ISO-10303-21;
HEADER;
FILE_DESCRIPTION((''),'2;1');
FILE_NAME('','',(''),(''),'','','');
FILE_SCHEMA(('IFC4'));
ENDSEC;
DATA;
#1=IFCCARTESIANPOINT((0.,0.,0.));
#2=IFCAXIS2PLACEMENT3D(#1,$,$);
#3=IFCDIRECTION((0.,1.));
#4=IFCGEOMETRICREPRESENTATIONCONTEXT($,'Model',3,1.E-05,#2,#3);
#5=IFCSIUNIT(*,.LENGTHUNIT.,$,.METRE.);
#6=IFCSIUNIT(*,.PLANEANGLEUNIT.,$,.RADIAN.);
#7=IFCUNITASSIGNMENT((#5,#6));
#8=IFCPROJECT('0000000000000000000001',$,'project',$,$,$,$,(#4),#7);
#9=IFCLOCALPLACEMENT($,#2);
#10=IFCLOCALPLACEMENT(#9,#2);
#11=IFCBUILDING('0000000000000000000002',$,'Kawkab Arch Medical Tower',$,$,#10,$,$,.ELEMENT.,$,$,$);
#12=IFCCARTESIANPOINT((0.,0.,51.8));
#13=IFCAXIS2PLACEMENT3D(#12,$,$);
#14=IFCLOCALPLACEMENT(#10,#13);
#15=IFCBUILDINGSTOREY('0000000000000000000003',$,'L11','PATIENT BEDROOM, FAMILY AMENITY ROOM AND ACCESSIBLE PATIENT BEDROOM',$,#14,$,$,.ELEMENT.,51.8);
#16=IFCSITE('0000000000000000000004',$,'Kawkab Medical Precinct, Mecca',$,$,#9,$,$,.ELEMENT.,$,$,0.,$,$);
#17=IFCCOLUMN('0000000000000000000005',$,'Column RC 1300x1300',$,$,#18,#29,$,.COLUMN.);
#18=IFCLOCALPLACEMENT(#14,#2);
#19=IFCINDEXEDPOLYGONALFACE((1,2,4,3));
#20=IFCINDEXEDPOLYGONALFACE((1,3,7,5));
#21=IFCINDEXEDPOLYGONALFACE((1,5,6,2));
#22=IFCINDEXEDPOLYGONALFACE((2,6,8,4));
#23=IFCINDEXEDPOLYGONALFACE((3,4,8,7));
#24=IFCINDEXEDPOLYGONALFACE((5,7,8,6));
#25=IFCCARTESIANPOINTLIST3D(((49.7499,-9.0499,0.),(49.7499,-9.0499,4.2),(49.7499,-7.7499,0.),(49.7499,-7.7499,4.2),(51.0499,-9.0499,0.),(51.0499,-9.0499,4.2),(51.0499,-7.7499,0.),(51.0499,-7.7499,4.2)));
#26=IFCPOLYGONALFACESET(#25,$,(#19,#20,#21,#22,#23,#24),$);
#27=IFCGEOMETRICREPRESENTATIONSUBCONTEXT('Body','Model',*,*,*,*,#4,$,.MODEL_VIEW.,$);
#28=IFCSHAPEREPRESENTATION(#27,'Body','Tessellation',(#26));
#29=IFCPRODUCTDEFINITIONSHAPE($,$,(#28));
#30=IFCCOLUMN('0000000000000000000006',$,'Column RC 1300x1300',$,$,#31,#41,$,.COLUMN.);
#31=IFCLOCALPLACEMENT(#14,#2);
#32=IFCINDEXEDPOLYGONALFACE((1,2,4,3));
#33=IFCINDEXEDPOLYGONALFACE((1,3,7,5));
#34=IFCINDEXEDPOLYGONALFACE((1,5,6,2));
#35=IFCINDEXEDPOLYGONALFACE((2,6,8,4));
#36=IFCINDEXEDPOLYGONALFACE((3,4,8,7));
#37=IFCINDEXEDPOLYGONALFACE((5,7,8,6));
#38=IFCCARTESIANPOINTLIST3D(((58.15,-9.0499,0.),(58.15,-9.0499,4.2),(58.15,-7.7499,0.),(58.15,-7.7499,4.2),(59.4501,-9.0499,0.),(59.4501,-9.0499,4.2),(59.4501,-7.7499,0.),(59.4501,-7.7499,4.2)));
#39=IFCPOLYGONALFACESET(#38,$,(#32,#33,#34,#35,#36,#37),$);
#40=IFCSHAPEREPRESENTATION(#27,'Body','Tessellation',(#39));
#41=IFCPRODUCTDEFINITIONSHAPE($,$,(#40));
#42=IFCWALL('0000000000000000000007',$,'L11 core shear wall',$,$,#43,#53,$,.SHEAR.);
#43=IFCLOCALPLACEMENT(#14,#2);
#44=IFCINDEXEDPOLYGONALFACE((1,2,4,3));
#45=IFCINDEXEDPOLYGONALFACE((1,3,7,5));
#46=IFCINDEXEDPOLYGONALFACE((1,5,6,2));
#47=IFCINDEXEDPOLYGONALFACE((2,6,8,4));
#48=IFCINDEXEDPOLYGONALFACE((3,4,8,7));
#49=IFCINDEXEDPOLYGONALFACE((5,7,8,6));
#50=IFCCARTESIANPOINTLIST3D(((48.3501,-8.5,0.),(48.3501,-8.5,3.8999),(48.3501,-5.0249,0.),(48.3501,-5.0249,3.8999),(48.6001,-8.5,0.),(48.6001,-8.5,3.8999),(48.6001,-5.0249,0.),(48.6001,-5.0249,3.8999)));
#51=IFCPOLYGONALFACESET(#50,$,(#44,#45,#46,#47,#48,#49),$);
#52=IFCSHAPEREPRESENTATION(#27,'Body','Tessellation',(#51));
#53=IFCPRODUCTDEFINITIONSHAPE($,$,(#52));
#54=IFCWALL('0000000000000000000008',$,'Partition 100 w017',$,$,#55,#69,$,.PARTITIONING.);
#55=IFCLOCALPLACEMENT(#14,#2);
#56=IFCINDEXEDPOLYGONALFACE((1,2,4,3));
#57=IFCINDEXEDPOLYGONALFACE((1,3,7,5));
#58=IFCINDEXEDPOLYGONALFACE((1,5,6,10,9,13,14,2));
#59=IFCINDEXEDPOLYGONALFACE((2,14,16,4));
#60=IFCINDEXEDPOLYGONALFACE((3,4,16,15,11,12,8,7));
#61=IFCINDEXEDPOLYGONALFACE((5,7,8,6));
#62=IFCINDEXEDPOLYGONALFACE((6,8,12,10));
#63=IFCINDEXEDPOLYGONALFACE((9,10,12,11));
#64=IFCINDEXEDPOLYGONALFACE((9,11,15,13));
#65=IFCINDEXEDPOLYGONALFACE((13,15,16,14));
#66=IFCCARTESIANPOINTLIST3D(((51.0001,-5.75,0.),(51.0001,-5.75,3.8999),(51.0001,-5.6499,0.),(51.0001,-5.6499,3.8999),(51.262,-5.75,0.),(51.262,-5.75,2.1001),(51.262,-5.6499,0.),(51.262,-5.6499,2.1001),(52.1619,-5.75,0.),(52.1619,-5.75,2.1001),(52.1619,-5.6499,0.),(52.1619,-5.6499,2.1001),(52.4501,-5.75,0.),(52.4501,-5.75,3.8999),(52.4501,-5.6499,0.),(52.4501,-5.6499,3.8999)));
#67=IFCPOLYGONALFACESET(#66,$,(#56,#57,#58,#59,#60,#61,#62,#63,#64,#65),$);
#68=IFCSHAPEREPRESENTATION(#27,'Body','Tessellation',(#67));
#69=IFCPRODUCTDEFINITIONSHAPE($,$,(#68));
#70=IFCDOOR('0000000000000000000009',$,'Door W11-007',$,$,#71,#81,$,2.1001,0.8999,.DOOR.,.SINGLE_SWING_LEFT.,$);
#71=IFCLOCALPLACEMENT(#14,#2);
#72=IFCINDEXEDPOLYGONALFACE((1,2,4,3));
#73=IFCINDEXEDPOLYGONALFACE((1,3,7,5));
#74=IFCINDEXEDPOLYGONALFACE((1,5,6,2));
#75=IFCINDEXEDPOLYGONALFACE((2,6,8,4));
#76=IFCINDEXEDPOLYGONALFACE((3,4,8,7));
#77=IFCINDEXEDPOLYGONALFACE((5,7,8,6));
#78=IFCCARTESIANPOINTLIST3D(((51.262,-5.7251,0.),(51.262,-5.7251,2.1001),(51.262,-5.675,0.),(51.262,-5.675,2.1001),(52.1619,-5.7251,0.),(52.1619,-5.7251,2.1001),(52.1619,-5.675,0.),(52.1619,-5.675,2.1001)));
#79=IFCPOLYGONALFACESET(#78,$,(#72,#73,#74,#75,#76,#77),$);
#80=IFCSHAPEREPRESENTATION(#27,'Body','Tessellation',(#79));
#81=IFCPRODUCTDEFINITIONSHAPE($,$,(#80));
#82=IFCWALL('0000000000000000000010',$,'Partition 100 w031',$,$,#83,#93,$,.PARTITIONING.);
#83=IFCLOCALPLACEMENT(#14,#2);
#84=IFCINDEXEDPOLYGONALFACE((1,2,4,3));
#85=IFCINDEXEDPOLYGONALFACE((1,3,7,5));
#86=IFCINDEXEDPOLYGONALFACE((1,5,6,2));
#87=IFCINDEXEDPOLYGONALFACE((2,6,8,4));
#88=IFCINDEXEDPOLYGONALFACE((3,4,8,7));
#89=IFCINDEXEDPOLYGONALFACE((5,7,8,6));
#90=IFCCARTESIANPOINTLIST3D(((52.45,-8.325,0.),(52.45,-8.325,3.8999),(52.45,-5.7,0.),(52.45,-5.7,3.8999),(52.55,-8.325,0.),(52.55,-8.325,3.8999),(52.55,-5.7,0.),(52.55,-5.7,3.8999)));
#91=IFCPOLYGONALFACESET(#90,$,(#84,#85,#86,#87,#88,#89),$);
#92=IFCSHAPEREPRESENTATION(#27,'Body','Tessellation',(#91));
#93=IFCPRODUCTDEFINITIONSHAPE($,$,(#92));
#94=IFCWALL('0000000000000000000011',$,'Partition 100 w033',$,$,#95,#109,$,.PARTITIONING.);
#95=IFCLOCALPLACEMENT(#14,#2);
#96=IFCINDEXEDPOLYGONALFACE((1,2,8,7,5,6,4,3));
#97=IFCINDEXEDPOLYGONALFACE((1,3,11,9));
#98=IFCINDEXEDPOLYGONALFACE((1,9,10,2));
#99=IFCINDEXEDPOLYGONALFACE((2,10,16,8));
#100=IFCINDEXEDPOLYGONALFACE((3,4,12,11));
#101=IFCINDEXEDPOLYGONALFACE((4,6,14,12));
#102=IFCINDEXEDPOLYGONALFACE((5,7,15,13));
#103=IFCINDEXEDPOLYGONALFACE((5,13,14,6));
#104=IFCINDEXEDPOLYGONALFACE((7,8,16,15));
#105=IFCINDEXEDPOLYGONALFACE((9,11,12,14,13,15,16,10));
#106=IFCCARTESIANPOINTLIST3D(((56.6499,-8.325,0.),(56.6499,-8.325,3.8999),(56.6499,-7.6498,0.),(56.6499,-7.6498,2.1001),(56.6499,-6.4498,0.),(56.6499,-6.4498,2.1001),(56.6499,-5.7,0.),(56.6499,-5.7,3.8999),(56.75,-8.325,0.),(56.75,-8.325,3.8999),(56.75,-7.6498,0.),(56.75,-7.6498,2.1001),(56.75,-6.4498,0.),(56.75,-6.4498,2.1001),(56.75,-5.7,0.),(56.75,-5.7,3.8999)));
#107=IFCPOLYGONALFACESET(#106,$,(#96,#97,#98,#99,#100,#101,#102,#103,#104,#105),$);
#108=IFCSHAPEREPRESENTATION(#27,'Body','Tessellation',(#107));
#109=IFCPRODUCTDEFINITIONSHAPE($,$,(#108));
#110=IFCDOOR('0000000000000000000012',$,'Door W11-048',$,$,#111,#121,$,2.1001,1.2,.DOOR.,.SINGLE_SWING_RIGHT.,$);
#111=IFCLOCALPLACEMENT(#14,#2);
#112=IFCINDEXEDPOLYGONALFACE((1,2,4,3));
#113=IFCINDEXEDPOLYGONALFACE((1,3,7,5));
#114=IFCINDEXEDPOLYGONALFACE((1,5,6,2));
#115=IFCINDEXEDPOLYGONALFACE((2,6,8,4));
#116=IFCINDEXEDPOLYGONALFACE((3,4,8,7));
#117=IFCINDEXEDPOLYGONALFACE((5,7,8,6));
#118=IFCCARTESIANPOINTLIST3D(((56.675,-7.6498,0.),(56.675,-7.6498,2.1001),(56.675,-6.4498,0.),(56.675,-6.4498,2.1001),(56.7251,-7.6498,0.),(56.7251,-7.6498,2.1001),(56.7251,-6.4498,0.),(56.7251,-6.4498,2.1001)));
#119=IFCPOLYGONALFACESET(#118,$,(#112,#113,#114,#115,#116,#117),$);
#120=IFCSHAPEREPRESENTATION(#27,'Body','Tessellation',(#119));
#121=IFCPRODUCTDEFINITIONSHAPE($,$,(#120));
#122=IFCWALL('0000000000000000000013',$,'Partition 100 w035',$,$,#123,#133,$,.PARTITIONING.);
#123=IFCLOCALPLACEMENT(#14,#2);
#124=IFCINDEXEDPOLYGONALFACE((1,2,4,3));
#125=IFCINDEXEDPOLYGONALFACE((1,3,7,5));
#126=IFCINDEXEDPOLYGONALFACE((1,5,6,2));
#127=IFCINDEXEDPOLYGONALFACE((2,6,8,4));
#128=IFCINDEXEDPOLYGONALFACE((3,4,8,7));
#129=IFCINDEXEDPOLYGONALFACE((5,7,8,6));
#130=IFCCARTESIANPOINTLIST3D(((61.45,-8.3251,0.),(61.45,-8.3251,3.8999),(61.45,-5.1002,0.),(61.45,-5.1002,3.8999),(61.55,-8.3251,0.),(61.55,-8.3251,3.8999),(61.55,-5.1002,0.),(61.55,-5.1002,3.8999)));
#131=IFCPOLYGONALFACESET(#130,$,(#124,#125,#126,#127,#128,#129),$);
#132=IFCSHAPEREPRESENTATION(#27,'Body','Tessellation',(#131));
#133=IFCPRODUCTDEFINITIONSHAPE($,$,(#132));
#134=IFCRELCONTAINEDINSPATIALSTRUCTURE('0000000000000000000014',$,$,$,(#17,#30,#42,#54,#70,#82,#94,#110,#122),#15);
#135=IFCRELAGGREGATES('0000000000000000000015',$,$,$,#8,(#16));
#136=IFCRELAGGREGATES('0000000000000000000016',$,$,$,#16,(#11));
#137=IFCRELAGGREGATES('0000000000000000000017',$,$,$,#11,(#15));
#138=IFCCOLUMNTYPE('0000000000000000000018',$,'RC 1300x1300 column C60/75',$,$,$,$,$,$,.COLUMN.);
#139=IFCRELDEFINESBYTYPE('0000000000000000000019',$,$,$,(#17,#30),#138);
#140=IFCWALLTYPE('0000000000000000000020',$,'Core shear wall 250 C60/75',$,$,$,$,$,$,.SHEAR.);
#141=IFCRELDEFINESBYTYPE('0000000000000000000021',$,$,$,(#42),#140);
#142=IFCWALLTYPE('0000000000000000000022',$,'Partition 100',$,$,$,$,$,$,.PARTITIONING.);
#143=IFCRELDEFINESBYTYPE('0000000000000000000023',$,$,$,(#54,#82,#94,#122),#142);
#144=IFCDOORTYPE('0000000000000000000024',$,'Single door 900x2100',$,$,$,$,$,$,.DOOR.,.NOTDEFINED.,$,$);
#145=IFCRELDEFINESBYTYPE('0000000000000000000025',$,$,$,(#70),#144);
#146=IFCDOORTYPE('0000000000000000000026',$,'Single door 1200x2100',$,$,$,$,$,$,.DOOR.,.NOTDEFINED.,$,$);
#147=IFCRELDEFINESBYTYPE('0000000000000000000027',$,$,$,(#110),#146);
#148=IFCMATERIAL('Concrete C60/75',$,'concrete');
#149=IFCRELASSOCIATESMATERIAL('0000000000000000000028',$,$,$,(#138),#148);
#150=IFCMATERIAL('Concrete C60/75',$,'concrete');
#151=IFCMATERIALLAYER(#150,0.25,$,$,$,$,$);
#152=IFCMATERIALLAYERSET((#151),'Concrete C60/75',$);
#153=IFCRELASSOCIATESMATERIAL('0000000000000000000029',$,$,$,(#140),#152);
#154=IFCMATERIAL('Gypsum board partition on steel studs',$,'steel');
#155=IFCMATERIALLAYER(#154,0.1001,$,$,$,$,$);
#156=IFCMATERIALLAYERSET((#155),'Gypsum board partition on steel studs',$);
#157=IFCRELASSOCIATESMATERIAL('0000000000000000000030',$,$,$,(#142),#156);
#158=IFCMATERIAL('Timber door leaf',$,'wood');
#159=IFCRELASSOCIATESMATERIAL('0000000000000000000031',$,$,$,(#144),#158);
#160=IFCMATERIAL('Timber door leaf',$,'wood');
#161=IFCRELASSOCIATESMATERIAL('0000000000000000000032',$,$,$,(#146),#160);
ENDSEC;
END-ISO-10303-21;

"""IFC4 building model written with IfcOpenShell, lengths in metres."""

from ifc_helpers import new_model, si_unit, direction, frame, frame_2d, origin, origin_2d, place, context, subcontext, project, spatial, rectangle, extrude, material, layer, layer_set, material_profile, profile_set, type_object, element, fill, save


model = new_model("IFC4")

# Units and contexts
model_context = context("Model", 3, precision=1e-05, world=origin(), true_north=direction((0.0, 1.0)))
body_context = subcontext(model_context, "Body", "Model", "MODEL_VIEW")
ifc_project = project(units=[si_unit("LENGTHUNIT", "METRE"), si_unit("PLANEANGLEUNIT", "RADIAN")], contexts=[model_context])

# Site, building, storey
site_placement = place(None, origin())
site = spatial("IfcSite", under=ifc_project, at=site_placement, Name="Kawkab Medical Precinct, Mecca", CompositionType="ELEMENT", RefElevation=0.0)
building_placement = place(site_placement, origin())
building = spatial("IfcBuilding", under=site, at=building_placement, Name="Kawkab Arch Medical Tower", CompositionType="ELEMENT")
storey_placement = place(building_placement, frame((0.0, 0.0, 51.8)))
storey = spatial("IfcBuildingStorey", under=building, at=storey_placement, Name="L11", Description="PATIENT BEDROOM, FAMILY AMENITY ROOM AND ACCESSIBLE PATIENT BEDROOM", CompositionType="ELEMENT", Elevation=51.8)

# Columns
ifc_material_1 = material(Name="Concrete C60/75", Category="concrete")
ifc_material_profile = material_profile(ifc_material_1, rectangle(XDim=1.3, YDim=1.3, at=origin_2d()), Name="RC 1300x1300")
ifc_profile_set = profile_set([ifc_material_profile], Name="Concrete C60/75")
column_type = type_object("IfcColumnType", Name="RC 1300x1300 column C60/75", PredefinedType="COLUMN", material=ifc_profile_set)
for number, where, z_axis, x_axis, name in (
    (1, (50.3999, -8.3999, 0.0), (0.0, 0.0, 1.0), (1.0, 0.0, 0.0), "Column RC 1300x1300"),
    (2, (58.8, -8.3999, 0.0), (0.0, 0.0, 1.0), (1.0, 0.0, 0.0), "Column RC 1300x1300"),
):
    element("IfcColumn", number, at=place(storey_placement, frame(where, z_axis=z_axis, x_axis=x_axis)), inside=storey, type_object=column_type, Name=name, PredefinedType="COLUMN", context=body_context, shape_type="SweptSolid", body=[
        extrude(rectangle(XDim=1.3, YDim=1.3, at=origin_2d()), origin(), (0.0, 0.0, 1.0), 4.2),
    ])

# Wall
ifc_material_2 = material(Name="Concrete C60/75", Category="concrete")
ifc_layer_1 = layer(ifc_material_2, 0.25)
ifc_layer_set_1 = layer_set([ifc_layer_1], Name="Concrete C60/75")
wall_type_1 = type_object("IfcWallType", Name="Core shear wall 250 C60/75", PredefinedType="SHEAR", material=ifc_layer_set_1)
wall_1_placement = place(storey_placement, frame((48.4751, -8.5, 0.0), z_axis=(0.0, 0.0, 1.0), x_axis=(0.0, 1.0, 0.0)))
element("IfcWall", 3, at=wall_1_placement, inside=storey, type_object=wall_type_1, Name="L11 core shear wall", PredefinedType="SHEAR", context=body_context, shape_type="SweptSolid", body=[
    extrude(rectangle(XDim=3.4751, YDim=0.25, at=frame_2d((1.7375, 0.0))), origin(), (0.0, 0.0, 1.0), 3.8999),
])

# Wall, opening, door
ifc_material_3 = material(Name="Gypsum board partition on steel studs", Category="steel")
ifc_layer_2 = layer(ifc_material_3, 0.1001)
ifc_layer_set_2 = layer_set([ifc_layer_2], Name="Gypsum board partition on steel studs")
wall_type_2 = type_object("IfcWallType", Name="Partition 100", PredefinedType="PARTITIONING", material=ifc_layer_set_2)
wall_2_placement = place(storey_placement, frame((51.0, -5.7, 0.0), z_axis=(0.0, 0.0, 1.0), x_axis=(1.0, 0.0, 0.0)))
wall_2 = element("IfcWall", 4, at=wall_2_placement, inside=storey, type_object=wall_type_2, Name="Partition 100 w017", PredefinedType="PARTITIONING", context=body_context, shape_type="SweptSolid", body=[
    extrude(rectangle(XDim=1.45, YDim=0.1001, at=frame_2d((0.7251, 0.0))), origin(), (0.0, 0.0, 1.0), 3.8999),
])
opening_1_placement = place(wall_2_placement, frame((0.262, 0.0, 0.0)))
opening_1 = element("IfcOpeningElement", 5, at=opening_1_placement, cuts=wall_2, PredefinedType="OPENING", context=body_context, shape_type="SweptSolid", body=[
    extrude(rectangle(XDim=0.8999, YDim=2.1001, at=frame_2d((0.45, 1.05))), frame((0.0, 0.0601, 0.0), z_axis=(0.0, -1.0, 0.0), x_axis=(1.0, 0.0, 0.0)), (0.0, 0.0, 1.0), 0.1201),
])
ifc_material_4 = material(Name="Timber door leaf", Category="wood")
door_type_1 = type_object("IfcDoorType", Name="Single door 900x2100", OperationType="NOTDEFINED", PredefinedType="DOOR", material=ifc_material_4)
door_1_placement = place(opening_1_placement, origin())
door_1 = element("IfcDoor", 6, at=door_1_placement, inside=storey, type_object=door_type_1, Name="Door W11-007", OperationType="SINGLE_SWING_LEFT", OverallHeight=2.1001, OverallWidth=0.8999, PredefinedType="DOOR", context=body_context, shape_type="SweptSolid", body=[
    extrude(rectangle(XDim=0.8999, YDim=2.1001, at=frame_2d((0.45, 1.05))), frame((0.0, 0.0249, 0.0), z_axis=(0.0, -1.0, 0.0), x_axis=(1.0, 0.0, 0.0)), (0.0, 0.0, 1.0), 0.05),
])
fill(opening_1, door_1)

# Wall
wall_3_placement = place(storey_placement, frame((52.5, -8.325, 0.0), z_axis=(0.0, 0.0, 1.0), x_axis=(0.0, 1.0, 0.0)))
element("IfcWall", 7, at=wall_3_placement, inside=storey, type_object=wall_type_2, Name="Partition 100 w031", PredefinedType="PARTITIONING", context=body_context, shape_type="SweptSolid", body=[
    extrude(rectangle(XDim=2.625, YDim=0.1001, at=frame_2d((1.3125, 0.0))), origin(), (0.0, 0.0, 1.0), 3.8999),
])

# Wall, opening, door
wall_4_placement = place(storey_placement, frame((56.7, -8.325, 0.0), z_axis=(0.0, 0.0, 1.0), x_axis=(0.0, 1.0, 0.0)))
wall_4 = element("IfcWall", 8, at=wall_4_placement, inside=storey, type_object=wall_type_2, Name="Partition 100 w033", PredefinedType="PARTITIONING", context=body_context, shape_type="SweptSolid", body=[
    extrude(rectangle(XDim=2.625, YDim=0.1001, at=frame_2d((1.3125, 0.0))), origin(), (0.0, 0.0, 1.0), 3.8999),
])
opening_2_placement = place(wall_4_placement, frame((0.675, 0.0, 0.0)))
opening_2 = element("IfcOpeningElement", 9, at=opening_2_placement, cuts=wall_4, PredefinedType="OPENING", context=body_context, shape_type="SweptSolid", body=[
    extrude(rectangle(XDim=1.2, YDim=2.1001, at=frame_2d((0.6001, 1.05))), frame((0.0, 0.0601, 0.0), z_axis=(0.0, -1.0, 0.0), x_axis=(1.0, 0.0, 0.0)), (0.0, 0.0, 1.0), 0.1201),
])
ifc_material_5 = material(Name="Timber door leaf", Category="wood")
door_type_2 = type_object("IfcDoorType", Name="Single door 1200x2100", OperationType="NOTDEFINED", PredefinedType="DOOR", material=ifc_material_5)
door_2_placement = place(opening_2_placement, origin())
door_2 = element("IfcDoor", 10, at=door_2_placement, inside=storey, type_object=door_type_2, Name="Door W11-048", OperationType="SINGLE_SWING_RIGHT", OverallHeight=2.1001, OverallWidth=1.2, PredefinedType="DOOR", context=body_context, shape_type="SweptSolid", body=[
    extrude(rectangle(XDim=1.2, YDim=2.1001, at=frame_2d((0.6001, 1.05))), frame((0.0, 0.0249, 0.0), z_axis=(0.0, -1.0, 0.0), x_axis=(1.0, 0.0, 0.0)), (0.0, 0.0, 1.0), 0.05),
])
fill(opening_2, door_2)

# Wall
wall_5_placement = place(storey_placement, frame((61.5, -8.325, 0.0), z_axis=(0.0, 0.0, 1.0), x_axis=(0.0, 1.0, 0.0)))
element("IfcWall", 11, at=wall_5_placement, inside=storey, type_object=wall_type_2, Name="Partition 100 w035", PredefinedType="PARTITIONING", context=body_context, shape_type="SweptSolid", body=[
    extrude(rectangle(XDim=3.2249, YDim=0.1001, at=frame_2d((1.6123, 0.0))), origin(), (0.0, 0.0, 1.0), 3.8999),
])

save(model, "model.ifc")
